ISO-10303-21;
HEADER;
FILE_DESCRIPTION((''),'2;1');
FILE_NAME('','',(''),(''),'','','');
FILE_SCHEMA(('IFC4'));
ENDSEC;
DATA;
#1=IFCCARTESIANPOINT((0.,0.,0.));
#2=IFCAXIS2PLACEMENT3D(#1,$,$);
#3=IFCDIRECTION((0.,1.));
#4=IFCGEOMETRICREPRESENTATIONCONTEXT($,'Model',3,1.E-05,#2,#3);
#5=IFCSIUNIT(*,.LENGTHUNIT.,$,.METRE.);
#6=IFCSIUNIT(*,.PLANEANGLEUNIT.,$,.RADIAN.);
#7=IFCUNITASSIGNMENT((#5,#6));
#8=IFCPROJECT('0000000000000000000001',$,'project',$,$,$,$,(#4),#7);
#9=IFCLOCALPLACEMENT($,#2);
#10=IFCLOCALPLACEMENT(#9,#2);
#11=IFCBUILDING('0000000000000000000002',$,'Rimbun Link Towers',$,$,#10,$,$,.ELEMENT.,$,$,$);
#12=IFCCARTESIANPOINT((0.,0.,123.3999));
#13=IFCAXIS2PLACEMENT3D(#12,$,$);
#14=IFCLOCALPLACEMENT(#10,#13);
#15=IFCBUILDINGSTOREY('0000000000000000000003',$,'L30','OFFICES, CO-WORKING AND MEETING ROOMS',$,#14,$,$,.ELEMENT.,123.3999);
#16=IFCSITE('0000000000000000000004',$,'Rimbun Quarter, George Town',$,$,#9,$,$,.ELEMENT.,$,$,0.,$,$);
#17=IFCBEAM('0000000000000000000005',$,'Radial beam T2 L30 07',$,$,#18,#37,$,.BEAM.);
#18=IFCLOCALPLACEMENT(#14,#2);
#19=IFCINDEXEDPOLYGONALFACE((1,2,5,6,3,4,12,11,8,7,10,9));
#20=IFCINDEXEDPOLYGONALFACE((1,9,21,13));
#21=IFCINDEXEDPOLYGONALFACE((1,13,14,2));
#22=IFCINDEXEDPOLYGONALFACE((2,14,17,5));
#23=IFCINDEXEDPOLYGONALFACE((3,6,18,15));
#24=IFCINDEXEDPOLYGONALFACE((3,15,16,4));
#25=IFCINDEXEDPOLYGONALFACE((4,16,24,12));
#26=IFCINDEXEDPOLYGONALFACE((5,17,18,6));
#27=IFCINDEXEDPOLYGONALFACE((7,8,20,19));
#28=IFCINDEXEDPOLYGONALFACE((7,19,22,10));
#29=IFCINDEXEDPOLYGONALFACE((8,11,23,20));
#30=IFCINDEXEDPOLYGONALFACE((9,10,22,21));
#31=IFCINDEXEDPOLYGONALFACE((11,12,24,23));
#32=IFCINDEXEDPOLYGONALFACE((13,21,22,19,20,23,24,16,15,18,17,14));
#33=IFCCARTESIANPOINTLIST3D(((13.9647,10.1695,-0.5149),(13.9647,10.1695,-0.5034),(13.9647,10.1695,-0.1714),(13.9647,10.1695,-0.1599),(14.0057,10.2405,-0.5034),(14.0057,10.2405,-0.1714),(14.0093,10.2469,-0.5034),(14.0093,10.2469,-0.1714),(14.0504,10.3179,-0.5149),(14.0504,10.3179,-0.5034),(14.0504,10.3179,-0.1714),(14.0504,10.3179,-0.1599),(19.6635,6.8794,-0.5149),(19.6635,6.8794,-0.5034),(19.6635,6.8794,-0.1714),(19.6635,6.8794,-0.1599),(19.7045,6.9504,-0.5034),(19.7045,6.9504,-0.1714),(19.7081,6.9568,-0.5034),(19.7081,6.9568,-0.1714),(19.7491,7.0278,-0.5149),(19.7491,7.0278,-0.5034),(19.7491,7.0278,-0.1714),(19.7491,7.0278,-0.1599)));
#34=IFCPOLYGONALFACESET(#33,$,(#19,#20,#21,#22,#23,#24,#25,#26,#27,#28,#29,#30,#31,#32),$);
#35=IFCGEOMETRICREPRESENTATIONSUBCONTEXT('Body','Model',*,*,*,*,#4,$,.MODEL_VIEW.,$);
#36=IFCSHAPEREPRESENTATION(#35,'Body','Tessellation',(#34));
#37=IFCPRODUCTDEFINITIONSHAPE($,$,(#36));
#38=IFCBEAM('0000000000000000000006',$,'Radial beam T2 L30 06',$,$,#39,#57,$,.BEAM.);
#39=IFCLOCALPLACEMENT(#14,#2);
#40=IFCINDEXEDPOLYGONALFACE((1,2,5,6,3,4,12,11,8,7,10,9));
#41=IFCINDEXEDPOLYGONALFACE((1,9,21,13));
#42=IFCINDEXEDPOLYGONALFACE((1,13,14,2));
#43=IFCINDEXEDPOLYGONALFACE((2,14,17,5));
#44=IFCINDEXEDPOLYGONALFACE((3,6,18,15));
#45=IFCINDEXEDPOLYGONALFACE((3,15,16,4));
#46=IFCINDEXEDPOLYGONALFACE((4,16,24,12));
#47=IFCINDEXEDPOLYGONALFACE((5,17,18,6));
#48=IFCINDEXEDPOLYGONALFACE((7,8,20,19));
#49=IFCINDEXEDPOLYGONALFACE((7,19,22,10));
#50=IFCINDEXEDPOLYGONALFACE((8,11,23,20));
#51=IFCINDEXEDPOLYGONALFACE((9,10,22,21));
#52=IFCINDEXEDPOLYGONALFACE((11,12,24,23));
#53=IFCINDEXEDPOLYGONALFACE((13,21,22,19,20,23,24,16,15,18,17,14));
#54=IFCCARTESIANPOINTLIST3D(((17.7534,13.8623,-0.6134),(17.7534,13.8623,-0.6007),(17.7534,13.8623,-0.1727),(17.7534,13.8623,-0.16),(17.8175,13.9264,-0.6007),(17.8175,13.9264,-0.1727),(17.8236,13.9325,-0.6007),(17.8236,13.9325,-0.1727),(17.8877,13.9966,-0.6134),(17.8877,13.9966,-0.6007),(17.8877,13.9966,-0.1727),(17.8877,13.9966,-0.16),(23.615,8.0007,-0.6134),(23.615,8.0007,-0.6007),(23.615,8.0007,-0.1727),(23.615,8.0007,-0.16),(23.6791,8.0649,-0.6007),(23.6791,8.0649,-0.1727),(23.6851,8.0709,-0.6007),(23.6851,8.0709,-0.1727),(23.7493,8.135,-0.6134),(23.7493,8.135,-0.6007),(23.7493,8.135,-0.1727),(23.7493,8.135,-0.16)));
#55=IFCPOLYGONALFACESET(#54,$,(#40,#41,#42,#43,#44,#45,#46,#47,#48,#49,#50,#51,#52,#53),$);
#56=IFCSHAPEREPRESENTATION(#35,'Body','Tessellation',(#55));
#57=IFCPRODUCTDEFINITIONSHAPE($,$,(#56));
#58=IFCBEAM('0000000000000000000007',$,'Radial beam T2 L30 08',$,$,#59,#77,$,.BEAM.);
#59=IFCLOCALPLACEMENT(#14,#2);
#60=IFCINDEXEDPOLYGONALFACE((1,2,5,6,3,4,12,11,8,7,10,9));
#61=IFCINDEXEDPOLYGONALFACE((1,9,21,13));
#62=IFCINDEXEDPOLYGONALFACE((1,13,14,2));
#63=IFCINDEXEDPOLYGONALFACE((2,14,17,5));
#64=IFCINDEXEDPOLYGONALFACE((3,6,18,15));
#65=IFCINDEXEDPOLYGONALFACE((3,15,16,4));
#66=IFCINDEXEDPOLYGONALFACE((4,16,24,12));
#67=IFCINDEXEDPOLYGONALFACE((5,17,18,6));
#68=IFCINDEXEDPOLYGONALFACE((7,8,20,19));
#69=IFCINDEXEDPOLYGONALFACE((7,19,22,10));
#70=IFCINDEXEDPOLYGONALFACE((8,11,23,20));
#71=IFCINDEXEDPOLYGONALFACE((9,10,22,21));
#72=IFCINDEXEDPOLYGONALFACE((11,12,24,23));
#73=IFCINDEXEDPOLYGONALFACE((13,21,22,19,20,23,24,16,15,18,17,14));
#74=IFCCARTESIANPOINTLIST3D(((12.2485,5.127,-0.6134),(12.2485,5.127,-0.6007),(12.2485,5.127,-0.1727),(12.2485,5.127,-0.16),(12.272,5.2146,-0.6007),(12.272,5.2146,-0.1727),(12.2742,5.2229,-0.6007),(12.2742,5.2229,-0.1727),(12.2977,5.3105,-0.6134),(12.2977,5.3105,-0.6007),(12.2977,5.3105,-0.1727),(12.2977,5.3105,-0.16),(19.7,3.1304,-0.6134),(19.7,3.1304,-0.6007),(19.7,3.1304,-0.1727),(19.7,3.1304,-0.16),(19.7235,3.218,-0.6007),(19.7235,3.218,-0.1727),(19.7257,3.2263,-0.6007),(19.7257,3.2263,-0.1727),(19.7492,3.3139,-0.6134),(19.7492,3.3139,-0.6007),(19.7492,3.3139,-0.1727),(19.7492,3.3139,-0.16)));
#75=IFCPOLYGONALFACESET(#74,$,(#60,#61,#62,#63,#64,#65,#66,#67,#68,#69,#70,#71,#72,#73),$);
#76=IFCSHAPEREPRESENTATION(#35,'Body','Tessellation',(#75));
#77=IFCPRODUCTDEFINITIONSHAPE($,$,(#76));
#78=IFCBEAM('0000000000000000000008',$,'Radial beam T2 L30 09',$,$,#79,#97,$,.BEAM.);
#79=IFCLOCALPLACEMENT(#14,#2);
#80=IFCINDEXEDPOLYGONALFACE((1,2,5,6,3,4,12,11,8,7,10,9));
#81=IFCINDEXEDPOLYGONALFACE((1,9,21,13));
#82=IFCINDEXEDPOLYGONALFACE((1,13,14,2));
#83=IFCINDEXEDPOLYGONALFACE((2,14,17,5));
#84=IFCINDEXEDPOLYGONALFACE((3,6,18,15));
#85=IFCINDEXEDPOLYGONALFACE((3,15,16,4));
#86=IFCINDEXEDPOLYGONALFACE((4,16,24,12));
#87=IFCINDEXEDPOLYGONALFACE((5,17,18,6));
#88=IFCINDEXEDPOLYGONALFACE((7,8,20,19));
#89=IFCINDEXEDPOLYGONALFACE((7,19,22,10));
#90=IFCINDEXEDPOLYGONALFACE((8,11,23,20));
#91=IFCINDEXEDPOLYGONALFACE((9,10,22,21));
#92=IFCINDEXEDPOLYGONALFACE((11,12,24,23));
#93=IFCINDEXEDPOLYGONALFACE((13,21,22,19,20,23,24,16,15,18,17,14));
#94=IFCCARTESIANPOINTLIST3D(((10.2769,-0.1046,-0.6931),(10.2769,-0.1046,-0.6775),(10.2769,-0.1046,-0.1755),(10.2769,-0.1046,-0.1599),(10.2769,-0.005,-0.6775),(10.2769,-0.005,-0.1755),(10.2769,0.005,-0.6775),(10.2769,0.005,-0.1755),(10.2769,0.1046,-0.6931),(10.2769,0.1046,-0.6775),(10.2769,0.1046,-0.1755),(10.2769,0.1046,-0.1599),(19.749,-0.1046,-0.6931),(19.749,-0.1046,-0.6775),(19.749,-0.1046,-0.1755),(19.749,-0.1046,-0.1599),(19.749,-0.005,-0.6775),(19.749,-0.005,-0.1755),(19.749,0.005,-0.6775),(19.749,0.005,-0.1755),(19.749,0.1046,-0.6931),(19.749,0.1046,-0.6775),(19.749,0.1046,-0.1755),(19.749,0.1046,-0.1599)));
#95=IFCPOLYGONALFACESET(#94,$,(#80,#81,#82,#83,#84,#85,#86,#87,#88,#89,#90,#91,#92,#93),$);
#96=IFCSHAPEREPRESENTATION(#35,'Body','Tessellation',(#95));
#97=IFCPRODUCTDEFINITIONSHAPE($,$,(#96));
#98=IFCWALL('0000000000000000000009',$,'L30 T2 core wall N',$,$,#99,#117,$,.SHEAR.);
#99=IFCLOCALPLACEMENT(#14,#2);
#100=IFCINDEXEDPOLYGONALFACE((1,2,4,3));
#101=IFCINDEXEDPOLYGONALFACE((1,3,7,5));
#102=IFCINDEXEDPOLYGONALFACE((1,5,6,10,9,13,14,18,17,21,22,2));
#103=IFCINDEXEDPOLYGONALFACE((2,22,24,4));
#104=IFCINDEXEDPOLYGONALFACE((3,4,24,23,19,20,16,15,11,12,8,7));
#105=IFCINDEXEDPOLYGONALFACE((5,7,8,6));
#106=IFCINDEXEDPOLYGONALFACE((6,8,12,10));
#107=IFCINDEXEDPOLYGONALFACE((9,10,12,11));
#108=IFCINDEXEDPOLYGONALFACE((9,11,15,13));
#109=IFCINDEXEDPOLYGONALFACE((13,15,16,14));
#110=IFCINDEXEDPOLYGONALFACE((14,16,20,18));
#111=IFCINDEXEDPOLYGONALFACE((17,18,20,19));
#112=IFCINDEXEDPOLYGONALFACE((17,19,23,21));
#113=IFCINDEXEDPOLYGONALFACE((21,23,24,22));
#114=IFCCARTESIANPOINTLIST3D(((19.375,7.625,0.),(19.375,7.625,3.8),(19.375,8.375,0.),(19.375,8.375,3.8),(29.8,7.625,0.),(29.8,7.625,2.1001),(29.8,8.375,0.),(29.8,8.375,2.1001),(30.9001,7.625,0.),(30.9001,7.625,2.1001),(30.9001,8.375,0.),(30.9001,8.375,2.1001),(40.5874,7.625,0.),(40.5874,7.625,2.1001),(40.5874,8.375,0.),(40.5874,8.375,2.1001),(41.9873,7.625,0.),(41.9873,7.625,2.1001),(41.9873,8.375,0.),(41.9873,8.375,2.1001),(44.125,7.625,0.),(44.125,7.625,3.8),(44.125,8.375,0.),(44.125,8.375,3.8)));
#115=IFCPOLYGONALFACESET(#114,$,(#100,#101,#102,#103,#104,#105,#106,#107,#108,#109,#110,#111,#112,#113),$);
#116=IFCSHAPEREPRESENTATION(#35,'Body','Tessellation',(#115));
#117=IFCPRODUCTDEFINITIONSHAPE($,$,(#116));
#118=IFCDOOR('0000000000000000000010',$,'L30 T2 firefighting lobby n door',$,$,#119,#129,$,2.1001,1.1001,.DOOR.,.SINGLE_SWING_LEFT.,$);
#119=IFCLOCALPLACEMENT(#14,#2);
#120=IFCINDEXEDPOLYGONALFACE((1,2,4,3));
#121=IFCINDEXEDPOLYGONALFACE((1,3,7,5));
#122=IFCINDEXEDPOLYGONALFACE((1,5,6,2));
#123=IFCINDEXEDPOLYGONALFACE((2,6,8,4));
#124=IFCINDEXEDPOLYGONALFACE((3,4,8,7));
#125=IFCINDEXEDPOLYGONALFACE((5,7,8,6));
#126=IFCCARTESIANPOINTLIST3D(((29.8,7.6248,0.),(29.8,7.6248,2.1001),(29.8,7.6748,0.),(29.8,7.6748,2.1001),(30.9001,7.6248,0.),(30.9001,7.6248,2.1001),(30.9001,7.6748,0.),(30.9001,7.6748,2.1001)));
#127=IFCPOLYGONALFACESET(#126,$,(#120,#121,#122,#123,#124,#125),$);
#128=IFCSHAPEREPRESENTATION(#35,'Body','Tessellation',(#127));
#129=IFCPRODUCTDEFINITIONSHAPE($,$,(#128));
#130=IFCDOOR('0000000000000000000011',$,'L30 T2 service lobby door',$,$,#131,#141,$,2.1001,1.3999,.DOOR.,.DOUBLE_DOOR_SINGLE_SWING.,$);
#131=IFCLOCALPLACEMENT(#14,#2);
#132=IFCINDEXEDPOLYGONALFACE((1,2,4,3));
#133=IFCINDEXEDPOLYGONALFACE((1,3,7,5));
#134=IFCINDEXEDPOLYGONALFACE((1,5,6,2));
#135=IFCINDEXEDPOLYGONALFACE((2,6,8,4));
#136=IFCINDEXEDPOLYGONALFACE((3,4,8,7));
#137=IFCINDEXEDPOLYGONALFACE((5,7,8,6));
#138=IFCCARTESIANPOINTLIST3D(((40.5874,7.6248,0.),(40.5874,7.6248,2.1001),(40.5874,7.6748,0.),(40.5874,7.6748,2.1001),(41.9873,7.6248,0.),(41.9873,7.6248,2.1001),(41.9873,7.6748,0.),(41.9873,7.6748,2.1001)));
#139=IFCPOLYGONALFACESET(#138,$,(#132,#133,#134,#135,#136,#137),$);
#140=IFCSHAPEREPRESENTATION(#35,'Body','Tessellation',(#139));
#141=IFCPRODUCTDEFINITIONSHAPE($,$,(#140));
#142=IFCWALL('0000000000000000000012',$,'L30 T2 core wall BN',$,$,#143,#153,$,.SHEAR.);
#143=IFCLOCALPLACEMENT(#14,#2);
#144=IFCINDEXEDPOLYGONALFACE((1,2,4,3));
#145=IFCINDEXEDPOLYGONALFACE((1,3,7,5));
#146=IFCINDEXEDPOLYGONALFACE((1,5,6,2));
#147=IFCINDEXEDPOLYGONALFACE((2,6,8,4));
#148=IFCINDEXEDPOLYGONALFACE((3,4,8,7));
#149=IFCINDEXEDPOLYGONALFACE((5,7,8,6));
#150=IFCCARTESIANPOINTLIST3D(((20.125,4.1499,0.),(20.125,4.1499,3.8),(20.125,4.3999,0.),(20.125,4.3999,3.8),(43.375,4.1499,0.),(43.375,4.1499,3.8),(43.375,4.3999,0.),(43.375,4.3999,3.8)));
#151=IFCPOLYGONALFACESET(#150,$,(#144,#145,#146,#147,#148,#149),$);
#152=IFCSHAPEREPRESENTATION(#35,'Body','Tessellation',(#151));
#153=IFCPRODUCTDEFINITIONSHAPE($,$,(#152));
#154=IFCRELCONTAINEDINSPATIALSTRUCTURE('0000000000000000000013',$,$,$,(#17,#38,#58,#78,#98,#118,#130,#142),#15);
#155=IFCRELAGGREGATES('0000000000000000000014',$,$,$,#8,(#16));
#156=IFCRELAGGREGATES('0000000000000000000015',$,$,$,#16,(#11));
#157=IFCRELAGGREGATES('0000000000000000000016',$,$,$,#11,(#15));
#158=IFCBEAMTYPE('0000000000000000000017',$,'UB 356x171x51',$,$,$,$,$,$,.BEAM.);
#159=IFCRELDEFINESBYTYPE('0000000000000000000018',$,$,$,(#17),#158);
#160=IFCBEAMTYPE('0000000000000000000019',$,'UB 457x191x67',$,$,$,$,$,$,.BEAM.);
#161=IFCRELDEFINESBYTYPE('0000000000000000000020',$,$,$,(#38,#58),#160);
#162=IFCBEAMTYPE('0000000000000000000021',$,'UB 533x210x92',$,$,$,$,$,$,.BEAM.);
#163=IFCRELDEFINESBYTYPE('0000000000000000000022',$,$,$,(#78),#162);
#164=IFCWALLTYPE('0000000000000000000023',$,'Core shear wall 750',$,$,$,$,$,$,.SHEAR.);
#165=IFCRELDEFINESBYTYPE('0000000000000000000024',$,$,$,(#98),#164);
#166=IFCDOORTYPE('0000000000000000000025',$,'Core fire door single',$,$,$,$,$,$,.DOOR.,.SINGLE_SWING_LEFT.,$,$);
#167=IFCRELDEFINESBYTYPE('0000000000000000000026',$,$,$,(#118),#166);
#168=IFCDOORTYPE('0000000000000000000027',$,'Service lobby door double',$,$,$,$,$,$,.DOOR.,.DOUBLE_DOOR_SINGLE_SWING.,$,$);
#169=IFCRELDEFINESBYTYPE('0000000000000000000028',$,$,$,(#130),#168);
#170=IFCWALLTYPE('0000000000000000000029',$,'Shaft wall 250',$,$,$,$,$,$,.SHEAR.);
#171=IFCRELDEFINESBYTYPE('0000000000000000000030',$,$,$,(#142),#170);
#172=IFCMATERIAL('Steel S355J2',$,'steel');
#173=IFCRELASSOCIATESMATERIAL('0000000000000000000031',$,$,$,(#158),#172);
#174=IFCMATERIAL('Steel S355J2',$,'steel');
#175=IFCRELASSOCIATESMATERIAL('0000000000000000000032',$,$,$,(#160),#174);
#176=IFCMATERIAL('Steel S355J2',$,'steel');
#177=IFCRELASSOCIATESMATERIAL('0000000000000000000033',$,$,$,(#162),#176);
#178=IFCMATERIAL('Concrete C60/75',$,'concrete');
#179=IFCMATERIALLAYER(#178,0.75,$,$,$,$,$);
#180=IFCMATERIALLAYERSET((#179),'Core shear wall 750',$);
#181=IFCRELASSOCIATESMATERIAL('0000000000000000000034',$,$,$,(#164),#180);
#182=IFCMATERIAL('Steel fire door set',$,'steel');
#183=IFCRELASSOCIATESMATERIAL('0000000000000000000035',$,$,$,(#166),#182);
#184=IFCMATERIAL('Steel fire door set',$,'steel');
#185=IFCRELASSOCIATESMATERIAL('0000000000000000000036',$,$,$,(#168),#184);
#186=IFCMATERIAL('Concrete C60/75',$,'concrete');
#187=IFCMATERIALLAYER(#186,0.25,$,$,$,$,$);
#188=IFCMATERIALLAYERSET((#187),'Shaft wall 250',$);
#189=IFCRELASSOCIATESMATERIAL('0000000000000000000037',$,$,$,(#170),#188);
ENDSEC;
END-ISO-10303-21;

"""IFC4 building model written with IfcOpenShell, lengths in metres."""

from ifc_helpers import new_model, si_unit, direction, frame, frame_2d, origin, origin_2d, place, context, subcontext, project, spatial, rectangle, i_section, extrude, material, layer, layer_set, material_profile, profile_set, type_object, element, fill, save


model = new_model("IFC4")

# Units and contexts
model_context = context("Model", 3, precision=1e-05, world=origin(), true_north=direction((0.0, 1.0)))
body_context = subcontext(model_context, "Body", "Model", "MODEL_VIEW")
ifc_project = project(units=[si_unit("LENGTHUNIT", "METRE"), si_unit("PLANEANGLEUNIT", "RADIAN")], contexts=[model_context])

# Site, building, storey
site_placement = place(None, origin())
site = spatial("IfcSite", under=ifc_project, at=site_placement, Name="Rimbun Quarter, George Town", CompositionType="ELEMENT", RefElevation=0.0)
building_placement = place(site_placement, origin())
building = spatial("IfcBuilding", under=site, at=building_placement, Name="Rimbun Link Towers", CompositionType="ELEMENT")
storey_placement = place(building_placement, frame((0.0, 0.0, 123.3999)))
storey = spatial("IfcBuildingStorey", under=building, at=storey_placement, Name="L30", Description="OFFICES, CO-WORKING AND MEETING ROOMS", CompositionType="ELEMENT", Elevation=123.3999)

# Beams
ifc_material_1 = material(Name="Steel S355J2", Category="steel")
ifc_material_profile_1 = material_profile(ifc_material_1, i_section(OverallWidth=0.1714, OverallDepth=0.355, WebThickness=0.0073, FlangeThickness=0.0115, at=origin_2d()), Name="UB 356x171x51")
ifc_profile_set_1 = profile_set([ifc_material_profile_1], Name="Steel S355J2")
beam_type_1 = type_object("IfcBeamType", Name="UB 356x171x51", PredefinedType="BEAM", material=ifc_profile_set_1)
beam_1_placement = place(storey_placement, frame((19.7063, 6.9536, -0.3374), z_axis=(-0.866034, 0.499986, 0.0), x_axis=(-0.499986, -0.866034, 0.0)))
element("IfcBeam", 1, at=beam_1_placement, inside=storey, type_object=beam_type_1, Name="Radial beam T2 L30 07", PredefinedType="BEAM", context=body_context, shape_type="SweptSolid", body=[
    extrude(i_section(OverallWidth=0.1714, OverallDepth=0.355, WebThickness=0.0073, FlangeThickness=0.0115, at=origin_2d()), origin(), (0.0, 0.0, 1.0), 6.5803),
])
ifc_material_2 = material(Name="Steel S355J2", Category="steel")
ifc_material_profile_2 = material_profile(ifc_material_2, i_section(OverallWidth=0.1899, OverallDepth=0.4534, WebThickness=0.0085, FlangeThickness=0.0127, at=origin_2d()), Name="UB 457x191x67")
ifc_profile_set_2 = profile_set([ifc_material_profile_2], Name="Steel S355J2")
beam_type_2 = type_object("IfcBeamType", Name="UB 457x191x67", PredefinedType="BEAM", material=ifc_profile_set_2)
beam_2_placement = place(storey_placement, frame((23.6821, 8.0679, -0.3867), z_axis=(-0.707107, 0.707107, 0.0), x_axis=(-0.707107, -0.707107, 0.0)))
element("IfcBeam", 2, at=beam_2_placement, inside=storey, type_object=beam_type_2, Name="Radial beam T2 L30 06", PredefinedType="BEAM", context=body_context, shape_type="SweptSolid", body=[
    extrude(i_section(OverallWidth=0.1899, OverallDepth=0.4534, WebThickness=0.0085, FlangeThickness=0.0127, at=origin_2d()), origin(), (0.0, 0.0, 1.0), 8.2896),
])
beam_3_placement = place(storey_placement, frame((19.7246, 3.2222, -0.3867), z_axis=(-0.965926, 0.258817, 0.0), x_axis=(-0.258817, -0.965926, 0.0)))
element("IfcBeam", 3, at=beam_3_placement, inside=storey, type_object=beam_type_2, Name="Radial beam T2 L30 08", PredefinedType="BEAM", context=body_context, shape_type="SweptSolid", body=[
    extrude(i_section(OverallWidth=0.1899, OverallDepth=0.4534, WebThickness=0.0085, FlangeThickness=0.0127, at=origin_2d()), origin(), (0.0, 0.0, 1.0), 7.7144),
])
ifc_material_3 = material(Name="Steel S355J2", Category="steel")
ifc_material_profile_3 = material_profile(ifc_material_3, i_section(OverallWidth=0.2092, OverallDepth=0.5332, WebThickness=0.01, FlangeThickness=0.0156, at=origin_2d()), Name="UB 533x210x92")
ifc_profile_set_3 = profile_set([ifc_material_profile_3], Name="Steel S355J2")
beam_type_3 = type_object("IfcBeamType", Name="UB 533x210x92", PredefinedType="BEAM", material=ifc_profile_set_3)
beam_4_placement = place(storey_placement, frame((19.749, 0.0, -0.4265), z_axis=(-1.0, 0.0, 0.0), x_axis=(0.0, -1.0, 0.0)))
element("IfcBeam", 4, at=beam_4_placement, inside=storey, type_object=beam_type_3, Name="Radial beam T2 L30 09", PredefinedType="BEAM", context=body_context, shape_type="SweptSolid", body=[
    extrude(i_section(OverallWidth=0.2092, OverallDepth=0.5332, WebThickness=0.01, FlangeThickness=0.0156, at=origin_2d()), origin(), (0.0, 0.0, 1.0), 9.4722),
])

# Wall, openings, doors
ifc_material_4 = material(Name="Concrete C60/75", Category="concrete")
ifc_layer_1 = layer(ifc_material_4, 0.75)
ifc_layer_set_1 = layer_set([ifc_layer_1], Name="Core shear wall 750")
wall_type_1 = type_object("IfcWallType", Name="Core shear wall 750", PredefinedType="SHEAR", material=ifc_layer_set_1)
wall_1_placement = place(storey_placement, frame((19.375, 8.0, 0.0), z_axis=(0.0, 0.0, 1.0), x_axis=(1.0, 0.0, 0.0)))
wall_1 = element("IfcWall", 5, at=wall_1_placement, inside=storey, type_object=wall_type_1, Name="L30 T2 core wall N", PredefinedType="SHEAR", context=body_context, shape_type="SweptSolid", body=[
    extrude(rectangle(XDim=24.75, YDim=0.75, at=frame_2d((12.375, 0.0))), origin(), (0.0, 0.0, 1.0), 3.8),
])
opening_1_placement = place(wall_1_placement, frame((10.425, 0.0, 0.0)))
opening_1 = element("IfcOpeningElement", 6, at=opening_1_placement, cuts=wall_1, PredefinedType="OPENING", context=body_context, shape_type="SweptSolid", body=[
    extrude(rectangle(XDim=1.1001, YDim=2.1001, at=frame_2d((0.55, 1.05))), frame((0.0, 0.385, 0.0), z_axis=(0.0, -1.0, 0.0), x_axis=(1.0, 0.0, 0.0)), (0.0, 0.0, 1.0), 0.77),
])
opening_2_placement = place(wall_1_placement, frame((21.2124, 0.0, 0.0)))
opening_2 = element("IfcOpeningElement", 7, at=opening_2_placement, cuts=wall_1, PredefinedType="OPENING", context=body_context, shape_type="SweptSolid", body=[
    extrude(rectangle(XDim=1.3999, YDim=2.1001, at=frame_2d((0.7, 1.05))), frame((0.0, 0.385, 0.0), z_axis=(0.0, -1.0, 0.0), x_axis=(1.0, 0.0, 0.0)), (0.0, 0.0, 1.0), 0.77),
])
ifc_material_5 = material(Name="Steel fire door set", Category="steel")
door_type_1 = type_object("IfcDoorType", Name="Core fire door single", OperationType="SINGLE_SWING_LEFT", PredefinedType="DOOR", material=ifc_material_5)
door_1_placement = place(opening_1_placement, origin())
door_1 = element("IfcDoor", 8, at=door_1_placement, inside=storey, type_object=door_type_1, Name="L30 T2 firefighting lobby n door", OperationType="SINGLE_SWING_LEFT", OverallHeight=2.1001, OverallWidth=1.1001, PredefinedType="DOOR", context=body_context, shape_type="SweptSolid", body=[
    extrude(rectangle(XDim=1.1001, YDim=2.1001, at=frame_2d((0.55, 1.05))), frame((0.0, -0.3252, 0.0), z_axis=(0.0, -1.0, 0.0), x_axis=(1.0, 0.0, 0.0)), (0.0, 0.0, 1.0), 0.05),
])
fill(opening_1, door_1)
ifc_material_6 = material(Name="Steel fire door set", Category="steel")
door_type_2 = type_object("IfcDoorType", Name="Service lobby door double", OperationType="DOUBLE_DOOR_SINGLE_SWING", PredefinedType="DOOR", material=ifc_material_6)
door_2_placement = place(opening_2_placement, origin())
door_2 = element("IfcDoor", 9, at=door_2_placement, inside=storey, type_object=door_type_2, Name="L30 T2 service lobby door", OperationType="DOUBLE_DOOR_SINGLE_SWING", OverallHeight=2.1001, OverallWidth=1.3999, PredefinedType="DOOR", context=body_context, shape_type="SweptSolid", body=[
    extrude(rectangle(XDim=1.3999, YDim=2.1001, at=frame_2d((0.7, 1.05))), frame((0.0, -0.3252, 0.0), z_axis=(0.0, -1.0, 0.0), x_axis=(1.0, 0.0, 0.0)), (0.0, 0.0, 1.0), 0.05),
])
fill(opening_2, door_2)

# Wall
ifc_material_7 = material(Name="Concrete C60/75", Category="concrete")
ifc_layer_2 = layer(ifc_material_7, 0.25)
ifc_layer_set_2 = layer_set([ifc_layer_2], Name="Shaft wall 250")
wall_type_2 = type_object("IfcWallType", Name="Shaft wall 250", PredefinedType="SHEAR", material=ifc_layer_set_2)
wall_2_placement = place(storey_placement, frame((20.125, 4.2749, 0.0), z_axis=(0.0, 0.0, 1.0), x_axis=(1.0, 0.0, 0.0)))
element("IfcWall", 10, at=wall_2_placement, inside=storey, type_object=wall_type_2, Name="L30 T2 core wall BN", PredefinedType="SHEAR", context=body_context, shape_type="SweptSolid", body=[
    extrude(rectangle(XDim=23.25, YDim=0.25, at=frame_2d((11.625, 0.0))), origin(), (0.0, 0.0, 1.0), 3.8),
])

save(model, "model.ifc")
